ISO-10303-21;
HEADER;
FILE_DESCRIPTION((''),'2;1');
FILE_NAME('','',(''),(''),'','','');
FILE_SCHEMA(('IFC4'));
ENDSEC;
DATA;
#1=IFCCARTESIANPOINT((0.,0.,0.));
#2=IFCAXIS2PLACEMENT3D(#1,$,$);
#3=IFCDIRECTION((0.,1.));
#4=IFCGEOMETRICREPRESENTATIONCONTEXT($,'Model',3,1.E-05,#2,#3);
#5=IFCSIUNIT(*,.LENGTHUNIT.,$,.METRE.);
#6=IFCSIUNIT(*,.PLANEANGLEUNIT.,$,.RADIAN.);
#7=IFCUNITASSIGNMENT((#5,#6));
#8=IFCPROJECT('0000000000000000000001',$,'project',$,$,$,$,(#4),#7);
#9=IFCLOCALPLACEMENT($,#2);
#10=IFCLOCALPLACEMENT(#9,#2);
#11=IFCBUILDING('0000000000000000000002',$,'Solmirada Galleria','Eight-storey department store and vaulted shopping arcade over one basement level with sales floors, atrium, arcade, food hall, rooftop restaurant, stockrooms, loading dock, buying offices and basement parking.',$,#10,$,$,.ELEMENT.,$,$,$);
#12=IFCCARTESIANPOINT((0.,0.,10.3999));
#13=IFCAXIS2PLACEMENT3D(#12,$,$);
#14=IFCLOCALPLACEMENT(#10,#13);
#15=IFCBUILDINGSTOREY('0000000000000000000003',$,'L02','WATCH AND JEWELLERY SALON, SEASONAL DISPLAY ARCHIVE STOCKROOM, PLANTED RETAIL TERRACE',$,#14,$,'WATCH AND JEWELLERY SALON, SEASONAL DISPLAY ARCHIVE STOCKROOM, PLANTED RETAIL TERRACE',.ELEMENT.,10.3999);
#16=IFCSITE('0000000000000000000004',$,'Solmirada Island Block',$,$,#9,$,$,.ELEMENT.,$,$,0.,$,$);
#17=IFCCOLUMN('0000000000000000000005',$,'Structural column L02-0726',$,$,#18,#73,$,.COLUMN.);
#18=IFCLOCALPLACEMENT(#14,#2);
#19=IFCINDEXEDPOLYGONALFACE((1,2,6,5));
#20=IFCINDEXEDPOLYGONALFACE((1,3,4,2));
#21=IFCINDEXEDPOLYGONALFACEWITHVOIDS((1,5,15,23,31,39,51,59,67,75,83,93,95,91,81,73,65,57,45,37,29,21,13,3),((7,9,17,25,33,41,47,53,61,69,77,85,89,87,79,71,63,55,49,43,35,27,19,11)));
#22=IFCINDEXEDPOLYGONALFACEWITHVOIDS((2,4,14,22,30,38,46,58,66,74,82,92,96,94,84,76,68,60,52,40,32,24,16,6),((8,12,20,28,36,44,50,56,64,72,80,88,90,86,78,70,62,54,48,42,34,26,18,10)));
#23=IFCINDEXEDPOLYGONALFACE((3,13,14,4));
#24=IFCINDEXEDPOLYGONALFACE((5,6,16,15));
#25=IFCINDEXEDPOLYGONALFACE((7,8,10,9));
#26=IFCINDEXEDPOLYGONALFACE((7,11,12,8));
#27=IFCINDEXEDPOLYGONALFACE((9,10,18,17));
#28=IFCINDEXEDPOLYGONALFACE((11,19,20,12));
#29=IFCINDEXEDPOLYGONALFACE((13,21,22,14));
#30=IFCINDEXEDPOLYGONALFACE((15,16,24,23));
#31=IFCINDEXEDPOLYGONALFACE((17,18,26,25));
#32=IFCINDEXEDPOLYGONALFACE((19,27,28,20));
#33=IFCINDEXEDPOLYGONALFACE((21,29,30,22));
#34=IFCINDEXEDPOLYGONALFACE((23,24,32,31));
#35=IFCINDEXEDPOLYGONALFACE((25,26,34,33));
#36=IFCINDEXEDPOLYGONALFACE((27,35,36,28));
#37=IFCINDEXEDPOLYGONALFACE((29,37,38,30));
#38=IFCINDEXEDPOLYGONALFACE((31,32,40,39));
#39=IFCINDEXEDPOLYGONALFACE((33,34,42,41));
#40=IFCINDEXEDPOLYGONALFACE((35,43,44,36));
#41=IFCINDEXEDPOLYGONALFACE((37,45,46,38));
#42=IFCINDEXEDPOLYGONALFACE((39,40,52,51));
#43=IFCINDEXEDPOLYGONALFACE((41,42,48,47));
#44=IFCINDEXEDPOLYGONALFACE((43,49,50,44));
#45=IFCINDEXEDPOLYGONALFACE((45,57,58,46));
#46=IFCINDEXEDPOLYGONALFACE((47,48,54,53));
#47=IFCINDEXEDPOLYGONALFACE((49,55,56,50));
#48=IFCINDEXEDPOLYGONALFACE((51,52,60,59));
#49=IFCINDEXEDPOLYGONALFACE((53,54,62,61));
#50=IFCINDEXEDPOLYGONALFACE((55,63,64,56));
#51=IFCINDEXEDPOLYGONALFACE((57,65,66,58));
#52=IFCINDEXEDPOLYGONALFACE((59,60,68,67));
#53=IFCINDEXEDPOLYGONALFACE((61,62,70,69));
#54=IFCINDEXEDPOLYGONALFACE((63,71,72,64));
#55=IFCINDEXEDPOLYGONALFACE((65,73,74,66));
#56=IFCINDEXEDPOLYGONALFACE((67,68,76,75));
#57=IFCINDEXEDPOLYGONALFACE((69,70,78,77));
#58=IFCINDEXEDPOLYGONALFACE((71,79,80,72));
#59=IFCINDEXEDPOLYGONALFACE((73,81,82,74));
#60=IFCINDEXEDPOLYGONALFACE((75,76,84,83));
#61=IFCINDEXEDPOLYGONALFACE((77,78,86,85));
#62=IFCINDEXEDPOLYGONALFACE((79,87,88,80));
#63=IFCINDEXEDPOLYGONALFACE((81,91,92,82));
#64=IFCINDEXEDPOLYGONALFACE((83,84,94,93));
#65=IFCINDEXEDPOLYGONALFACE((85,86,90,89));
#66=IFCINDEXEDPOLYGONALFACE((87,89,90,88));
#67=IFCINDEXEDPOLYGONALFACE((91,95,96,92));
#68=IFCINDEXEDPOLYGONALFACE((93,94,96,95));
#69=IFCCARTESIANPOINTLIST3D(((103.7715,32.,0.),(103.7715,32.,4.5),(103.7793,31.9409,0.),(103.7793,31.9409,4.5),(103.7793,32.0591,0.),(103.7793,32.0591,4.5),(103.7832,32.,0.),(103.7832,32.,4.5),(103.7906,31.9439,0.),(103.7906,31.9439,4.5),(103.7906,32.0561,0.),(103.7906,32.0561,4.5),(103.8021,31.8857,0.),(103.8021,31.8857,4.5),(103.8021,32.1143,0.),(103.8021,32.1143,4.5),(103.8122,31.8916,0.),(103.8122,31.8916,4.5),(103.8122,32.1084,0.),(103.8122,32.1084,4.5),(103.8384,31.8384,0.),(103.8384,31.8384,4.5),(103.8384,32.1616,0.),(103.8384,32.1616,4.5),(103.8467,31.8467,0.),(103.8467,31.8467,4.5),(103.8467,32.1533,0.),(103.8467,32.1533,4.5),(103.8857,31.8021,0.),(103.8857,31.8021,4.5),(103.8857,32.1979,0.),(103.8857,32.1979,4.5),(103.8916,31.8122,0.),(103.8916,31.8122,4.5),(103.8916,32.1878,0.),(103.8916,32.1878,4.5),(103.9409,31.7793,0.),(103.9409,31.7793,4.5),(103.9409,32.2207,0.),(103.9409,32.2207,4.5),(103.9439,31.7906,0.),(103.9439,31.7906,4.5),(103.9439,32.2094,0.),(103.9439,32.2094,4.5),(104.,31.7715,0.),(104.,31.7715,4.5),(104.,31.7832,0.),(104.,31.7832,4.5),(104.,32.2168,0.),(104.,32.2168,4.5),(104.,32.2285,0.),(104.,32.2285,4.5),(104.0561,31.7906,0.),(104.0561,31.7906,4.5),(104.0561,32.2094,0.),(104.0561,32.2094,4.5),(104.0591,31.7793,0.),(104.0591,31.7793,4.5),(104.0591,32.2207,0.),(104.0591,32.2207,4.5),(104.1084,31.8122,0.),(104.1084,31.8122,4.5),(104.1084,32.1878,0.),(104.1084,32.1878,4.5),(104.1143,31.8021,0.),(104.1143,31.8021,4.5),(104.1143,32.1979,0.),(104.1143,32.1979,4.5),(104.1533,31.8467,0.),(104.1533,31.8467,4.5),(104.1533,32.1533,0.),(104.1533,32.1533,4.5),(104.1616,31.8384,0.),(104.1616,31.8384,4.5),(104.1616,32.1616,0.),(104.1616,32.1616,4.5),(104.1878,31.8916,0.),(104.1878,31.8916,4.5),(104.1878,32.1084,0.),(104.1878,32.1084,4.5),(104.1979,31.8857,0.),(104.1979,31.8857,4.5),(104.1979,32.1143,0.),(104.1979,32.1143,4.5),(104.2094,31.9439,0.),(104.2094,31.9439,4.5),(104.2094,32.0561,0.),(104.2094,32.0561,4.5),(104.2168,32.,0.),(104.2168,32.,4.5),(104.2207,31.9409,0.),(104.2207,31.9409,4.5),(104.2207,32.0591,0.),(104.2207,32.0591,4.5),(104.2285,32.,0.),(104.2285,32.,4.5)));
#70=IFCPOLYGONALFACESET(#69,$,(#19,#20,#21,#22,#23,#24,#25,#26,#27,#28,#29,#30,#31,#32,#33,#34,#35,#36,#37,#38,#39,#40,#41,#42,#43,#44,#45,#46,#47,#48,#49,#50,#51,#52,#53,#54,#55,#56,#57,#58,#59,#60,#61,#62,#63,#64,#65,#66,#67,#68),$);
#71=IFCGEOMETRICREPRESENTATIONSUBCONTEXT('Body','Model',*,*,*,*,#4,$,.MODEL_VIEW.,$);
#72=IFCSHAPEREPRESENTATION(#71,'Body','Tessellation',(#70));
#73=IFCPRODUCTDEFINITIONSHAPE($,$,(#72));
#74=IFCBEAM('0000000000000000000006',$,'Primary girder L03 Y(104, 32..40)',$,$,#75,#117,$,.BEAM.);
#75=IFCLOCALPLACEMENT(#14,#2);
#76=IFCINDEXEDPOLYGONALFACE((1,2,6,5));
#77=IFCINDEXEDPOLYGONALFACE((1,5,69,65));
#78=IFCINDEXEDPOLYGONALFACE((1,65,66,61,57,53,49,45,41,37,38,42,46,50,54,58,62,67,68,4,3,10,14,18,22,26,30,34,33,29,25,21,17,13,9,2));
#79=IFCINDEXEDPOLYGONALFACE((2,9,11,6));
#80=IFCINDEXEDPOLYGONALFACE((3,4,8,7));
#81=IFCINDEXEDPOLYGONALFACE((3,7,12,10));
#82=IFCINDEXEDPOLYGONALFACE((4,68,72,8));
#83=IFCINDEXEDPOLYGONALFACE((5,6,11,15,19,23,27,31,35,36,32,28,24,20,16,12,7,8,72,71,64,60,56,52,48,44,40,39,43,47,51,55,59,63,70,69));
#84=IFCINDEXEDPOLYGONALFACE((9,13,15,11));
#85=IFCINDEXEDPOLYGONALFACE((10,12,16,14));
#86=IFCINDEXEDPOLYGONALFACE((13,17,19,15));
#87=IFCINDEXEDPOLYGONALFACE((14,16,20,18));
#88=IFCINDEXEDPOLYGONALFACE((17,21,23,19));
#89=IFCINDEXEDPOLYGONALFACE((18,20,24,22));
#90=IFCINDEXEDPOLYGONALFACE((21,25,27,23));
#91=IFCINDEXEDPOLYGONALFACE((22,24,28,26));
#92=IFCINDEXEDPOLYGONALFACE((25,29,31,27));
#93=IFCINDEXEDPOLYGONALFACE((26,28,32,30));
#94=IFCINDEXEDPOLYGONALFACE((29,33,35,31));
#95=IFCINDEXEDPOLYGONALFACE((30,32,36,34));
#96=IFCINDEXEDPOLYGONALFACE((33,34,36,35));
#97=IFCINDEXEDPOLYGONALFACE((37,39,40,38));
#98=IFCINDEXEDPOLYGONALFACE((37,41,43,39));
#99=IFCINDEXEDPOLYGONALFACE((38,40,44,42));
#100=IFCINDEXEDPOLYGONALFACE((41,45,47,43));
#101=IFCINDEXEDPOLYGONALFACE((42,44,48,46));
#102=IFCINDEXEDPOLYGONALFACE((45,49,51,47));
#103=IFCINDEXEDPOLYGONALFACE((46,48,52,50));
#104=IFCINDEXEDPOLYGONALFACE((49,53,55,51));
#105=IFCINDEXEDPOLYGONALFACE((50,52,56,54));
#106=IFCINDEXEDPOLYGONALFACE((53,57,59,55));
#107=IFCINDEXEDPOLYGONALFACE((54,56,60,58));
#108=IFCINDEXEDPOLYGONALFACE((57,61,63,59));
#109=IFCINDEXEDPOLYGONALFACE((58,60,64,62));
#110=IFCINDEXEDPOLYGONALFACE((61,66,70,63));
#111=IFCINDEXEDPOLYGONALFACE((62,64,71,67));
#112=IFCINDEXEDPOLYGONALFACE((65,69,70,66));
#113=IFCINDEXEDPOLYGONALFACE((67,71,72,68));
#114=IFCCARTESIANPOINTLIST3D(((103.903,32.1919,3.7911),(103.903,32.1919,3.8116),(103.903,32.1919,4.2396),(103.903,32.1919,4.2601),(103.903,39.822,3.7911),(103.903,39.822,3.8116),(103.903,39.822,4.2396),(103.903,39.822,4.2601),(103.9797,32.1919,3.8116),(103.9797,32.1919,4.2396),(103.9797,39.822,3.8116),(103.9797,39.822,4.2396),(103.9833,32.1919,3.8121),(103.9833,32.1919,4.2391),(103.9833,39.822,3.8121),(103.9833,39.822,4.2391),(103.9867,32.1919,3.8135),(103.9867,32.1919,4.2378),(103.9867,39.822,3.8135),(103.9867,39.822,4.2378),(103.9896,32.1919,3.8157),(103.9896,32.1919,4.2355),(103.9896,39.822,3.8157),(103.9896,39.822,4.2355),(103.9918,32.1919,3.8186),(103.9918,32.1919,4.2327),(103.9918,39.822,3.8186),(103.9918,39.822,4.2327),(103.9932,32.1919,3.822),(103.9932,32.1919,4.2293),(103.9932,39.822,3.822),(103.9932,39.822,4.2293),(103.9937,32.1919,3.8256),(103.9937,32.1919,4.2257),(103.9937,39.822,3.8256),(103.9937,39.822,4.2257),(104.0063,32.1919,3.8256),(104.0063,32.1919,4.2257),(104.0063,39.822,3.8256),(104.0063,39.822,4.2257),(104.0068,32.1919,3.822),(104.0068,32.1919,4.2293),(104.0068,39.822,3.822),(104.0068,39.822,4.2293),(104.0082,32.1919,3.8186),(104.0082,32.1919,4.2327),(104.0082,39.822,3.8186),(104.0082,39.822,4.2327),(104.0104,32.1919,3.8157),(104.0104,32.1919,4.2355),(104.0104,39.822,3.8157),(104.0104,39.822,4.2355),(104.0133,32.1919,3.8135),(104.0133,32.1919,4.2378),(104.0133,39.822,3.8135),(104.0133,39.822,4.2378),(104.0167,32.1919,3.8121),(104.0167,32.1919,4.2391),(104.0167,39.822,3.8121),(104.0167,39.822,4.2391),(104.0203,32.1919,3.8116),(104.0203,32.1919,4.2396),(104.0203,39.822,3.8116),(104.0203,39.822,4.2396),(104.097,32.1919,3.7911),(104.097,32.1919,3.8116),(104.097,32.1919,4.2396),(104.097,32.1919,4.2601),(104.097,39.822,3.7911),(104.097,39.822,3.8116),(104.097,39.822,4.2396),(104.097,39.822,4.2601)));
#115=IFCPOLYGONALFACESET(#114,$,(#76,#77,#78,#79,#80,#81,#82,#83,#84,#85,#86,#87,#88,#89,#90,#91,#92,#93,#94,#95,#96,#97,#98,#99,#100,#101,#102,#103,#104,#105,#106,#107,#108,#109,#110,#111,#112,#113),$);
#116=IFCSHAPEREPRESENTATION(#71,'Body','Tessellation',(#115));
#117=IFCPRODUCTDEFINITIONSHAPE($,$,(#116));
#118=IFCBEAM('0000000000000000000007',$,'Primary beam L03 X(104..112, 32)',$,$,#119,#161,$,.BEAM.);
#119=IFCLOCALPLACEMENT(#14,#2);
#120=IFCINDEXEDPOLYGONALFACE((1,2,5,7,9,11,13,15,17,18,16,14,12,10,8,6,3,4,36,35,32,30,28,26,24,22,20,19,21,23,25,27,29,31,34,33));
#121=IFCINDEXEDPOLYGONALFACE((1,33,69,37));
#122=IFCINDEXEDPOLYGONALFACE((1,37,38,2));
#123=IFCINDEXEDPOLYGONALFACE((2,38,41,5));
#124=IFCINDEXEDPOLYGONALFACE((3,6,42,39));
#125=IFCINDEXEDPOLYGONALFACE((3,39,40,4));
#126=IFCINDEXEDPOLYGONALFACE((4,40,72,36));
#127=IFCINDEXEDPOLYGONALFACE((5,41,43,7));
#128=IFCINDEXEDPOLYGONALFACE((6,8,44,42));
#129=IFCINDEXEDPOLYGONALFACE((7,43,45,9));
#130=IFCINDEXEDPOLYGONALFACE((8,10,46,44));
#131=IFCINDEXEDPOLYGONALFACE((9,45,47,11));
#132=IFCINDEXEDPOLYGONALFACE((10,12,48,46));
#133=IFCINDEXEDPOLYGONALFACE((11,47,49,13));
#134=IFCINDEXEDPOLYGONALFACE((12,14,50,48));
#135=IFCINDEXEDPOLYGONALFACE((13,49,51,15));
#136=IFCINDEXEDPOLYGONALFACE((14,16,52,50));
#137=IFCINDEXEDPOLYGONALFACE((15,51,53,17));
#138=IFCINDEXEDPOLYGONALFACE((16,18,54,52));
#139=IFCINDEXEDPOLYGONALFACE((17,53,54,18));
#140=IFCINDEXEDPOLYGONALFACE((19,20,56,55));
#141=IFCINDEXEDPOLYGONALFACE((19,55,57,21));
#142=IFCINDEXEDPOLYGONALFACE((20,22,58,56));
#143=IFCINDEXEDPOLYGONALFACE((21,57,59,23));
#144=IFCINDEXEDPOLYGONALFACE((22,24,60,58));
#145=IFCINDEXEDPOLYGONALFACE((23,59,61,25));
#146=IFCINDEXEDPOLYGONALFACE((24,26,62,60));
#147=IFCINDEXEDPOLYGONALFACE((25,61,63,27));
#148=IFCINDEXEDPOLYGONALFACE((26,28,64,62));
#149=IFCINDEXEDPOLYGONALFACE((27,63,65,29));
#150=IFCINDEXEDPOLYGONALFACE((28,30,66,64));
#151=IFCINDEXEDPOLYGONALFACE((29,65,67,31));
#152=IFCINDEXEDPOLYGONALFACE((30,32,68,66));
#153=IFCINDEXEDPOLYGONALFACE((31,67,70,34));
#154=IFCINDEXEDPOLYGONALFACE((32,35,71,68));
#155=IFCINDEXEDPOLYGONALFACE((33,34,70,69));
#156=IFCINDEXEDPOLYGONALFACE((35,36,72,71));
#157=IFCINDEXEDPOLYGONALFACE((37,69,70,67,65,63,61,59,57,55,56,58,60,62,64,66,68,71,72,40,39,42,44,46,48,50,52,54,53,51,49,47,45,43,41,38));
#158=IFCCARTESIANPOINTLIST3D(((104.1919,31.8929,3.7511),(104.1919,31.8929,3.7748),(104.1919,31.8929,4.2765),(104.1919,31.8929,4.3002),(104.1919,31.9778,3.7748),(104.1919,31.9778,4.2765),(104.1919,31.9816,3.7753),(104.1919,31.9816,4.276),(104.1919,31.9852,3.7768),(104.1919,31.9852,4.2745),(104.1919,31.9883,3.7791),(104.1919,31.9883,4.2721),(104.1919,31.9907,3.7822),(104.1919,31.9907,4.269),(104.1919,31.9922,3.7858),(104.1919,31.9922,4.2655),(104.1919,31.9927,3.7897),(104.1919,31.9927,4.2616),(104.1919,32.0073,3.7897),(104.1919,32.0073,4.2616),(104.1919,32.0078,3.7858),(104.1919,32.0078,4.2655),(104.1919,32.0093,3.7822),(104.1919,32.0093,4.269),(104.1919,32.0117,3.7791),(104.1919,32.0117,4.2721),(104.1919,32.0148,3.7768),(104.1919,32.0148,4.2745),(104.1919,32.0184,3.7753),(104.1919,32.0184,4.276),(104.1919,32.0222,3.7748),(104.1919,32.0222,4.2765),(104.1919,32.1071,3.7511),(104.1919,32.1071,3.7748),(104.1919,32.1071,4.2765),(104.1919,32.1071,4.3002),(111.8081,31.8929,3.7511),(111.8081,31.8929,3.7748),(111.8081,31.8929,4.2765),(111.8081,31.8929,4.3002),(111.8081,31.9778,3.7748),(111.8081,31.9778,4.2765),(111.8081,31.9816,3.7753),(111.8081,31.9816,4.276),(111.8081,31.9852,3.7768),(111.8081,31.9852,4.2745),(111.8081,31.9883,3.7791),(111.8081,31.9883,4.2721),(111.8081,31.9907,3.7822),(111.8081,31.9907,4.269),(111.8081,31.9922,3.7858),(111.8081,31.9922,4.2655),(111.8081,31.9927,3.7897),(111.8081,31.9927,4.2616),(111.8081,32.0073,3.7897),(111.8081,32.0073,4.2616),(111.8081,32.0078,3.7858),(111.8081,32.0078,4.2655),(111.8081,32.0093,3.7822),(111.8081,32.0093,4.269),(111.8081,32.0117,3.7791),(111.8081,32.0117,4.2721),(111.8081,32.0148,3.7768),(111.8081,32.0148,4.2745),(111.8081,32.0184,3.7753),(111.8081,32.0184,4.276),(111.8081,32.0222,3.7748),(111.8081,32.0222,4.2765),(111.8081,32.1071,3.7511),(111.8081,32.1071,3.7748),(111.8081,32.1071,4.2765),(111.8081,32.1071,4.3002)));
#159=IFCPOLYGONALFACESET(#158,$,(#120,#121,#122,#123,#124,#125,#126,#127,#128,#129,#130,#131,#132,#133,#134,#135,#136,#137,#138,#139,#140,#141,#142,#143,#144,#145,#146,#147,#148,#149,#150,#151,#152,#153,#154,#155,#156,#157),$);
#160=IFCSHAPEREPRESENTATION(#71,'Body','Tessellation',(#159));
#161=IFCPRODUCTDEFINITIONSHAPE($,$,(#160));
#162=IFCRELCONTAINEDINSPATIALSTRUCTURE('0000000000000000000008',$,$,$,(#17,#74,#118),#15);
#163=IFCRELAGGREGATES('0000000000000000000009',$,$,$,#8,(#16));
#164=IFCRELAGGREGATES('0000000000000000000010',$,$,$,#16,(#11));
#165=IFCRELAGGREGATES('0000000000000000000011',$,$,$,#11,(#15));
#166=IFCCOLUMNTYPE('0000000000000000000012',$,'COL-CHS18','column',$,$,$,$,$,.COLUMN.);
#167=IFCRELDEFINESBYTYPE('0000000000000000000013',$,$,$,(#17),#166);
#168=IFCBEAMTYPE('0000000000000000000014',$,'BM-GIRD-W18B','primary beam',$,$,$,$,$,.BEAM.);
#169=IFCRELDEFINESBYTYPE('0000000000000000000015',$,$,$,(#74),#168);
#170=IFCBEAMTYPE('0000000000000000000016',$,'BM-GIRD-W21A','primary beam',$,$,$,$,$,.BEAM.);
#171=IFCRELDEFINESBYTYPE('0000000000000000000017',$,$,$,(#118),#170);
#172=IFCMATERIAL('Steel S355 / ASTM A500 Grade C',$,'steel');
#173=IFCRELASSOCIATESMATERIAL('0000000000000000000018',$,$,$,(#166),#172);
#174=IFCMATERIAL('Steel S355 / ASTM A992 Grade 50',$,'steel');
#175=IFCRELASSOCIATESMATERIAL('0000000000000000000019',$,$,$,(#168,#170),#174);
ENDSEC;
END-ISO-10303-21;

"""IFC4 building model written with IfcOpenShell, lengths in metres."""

from ifc_helpers import new_model, si_unit, direction, frame, origin, origin_2d, place, context, subcontext, project, spatial, hollow_circle, i_section, extrude, material, material_profile, profile_set, type_object, element, save


model = new_model("IFC4")

# Units and contexts
model_context = context("Model", 3, precision=1e-05, world=origin(), true_north=direction((0.0, 1.0)))
body_context = subcontext(model_context, "Body", "Model", "MODEL_VIEW")
ifc_project = project(units=[si_unit("LENGTHUNIT", "METRE"), si_unit("PLANEANGLEUNIT", "RADIAN")], contexts=[model_context])

# Site, building, storey
site_placement = place(None, origin())
site = spatial("IfcSite", under=ifc_project, at=site_placement, Name="Solmirada Island Block", CompositionType="ELEMENT", RefElevation=0.0)
building_placement = place(site_placement, origin())
building = spatial("IfcBuilding", under=site, at=building_placement, Name="Solmirada Galleria", Description="Eight-storey department store and vaulted shopping arcade over one basement level with sales floors, atrium, arcade, food hall, rooftop restaurant, stockrooms, loading dock, buying offices and basement parking.", CompositionType="ELEMENT")
storey_placement = place(building_placement, frame((0.0, 0.0, 10.3999)))
storey = spatial("IfcBuildingStorey", under=building, at=storey_placement, Name="L02", Description="WATCH AND JEWELLERY SALON, SEASONAL DISPLAY ARCHIVE STOCKROOM, PLANTED RETAIL TERRACE", LongName="WATCH AND JEWELLERY SALON, SEASONAL DISPLAY ARCHIVE STOCKROOM, PLANTED RETAIL TERRACE", CompositionType="ELEMENT", Elevation=10.3999)

# Column
ifc_material_1 = material(Name="Steel S355 / ASTM A500 Grade C", Category="steel")
ifc_material_profile_1 = material_profile(ifc_material_1, hollow_circle(Radius=0.2285, WallThickness=0.0117, at=origin_2d()), Name="HSS18.000X0.500")
ifc_profile_set_1 = profile_set([ifc_material_profile_1], Name="Steel S355 / ASTM A500 Grade C")
column_type = type_object("IfcColumnType", Name="COL-CHS18", Description="column", PredefinedType="COLUMN", material=ifc_profile_set_1)
column_placement = place(storey_placement, frame((104.0, 32.0, 0.0), z_axis=(0.0, 0.0, 1.0), x_axis=(1.0, 0.0, 0.0)))
element("IfcColumn", 1, at=column_placement, inside=storey, type_object=column_type, Name="Structural column L02-0726", PredefinedType="COLUMN", context=body_context, shape_type="SweptSolid", body=[
    extrude(hollow_circle(Radius=0.2285, WallThickness=0.0117, at=origin_2d()), origin(), (0.0, 0.0, 1.0), 4.5),
])

# Beams
ifc_material_2 = material(Name="Steel S355 / ASTM A992 Grade 50", Category="steel")
ifc_material_profile_2 = material_profile(ifc_material_2, i_section(OverallWidth=0.1941, OverallDepth=0.469, WebThickness=0.0127, FlangeThickness=0.0205, FilletRadius=0.0139, at=origin_2d()), Name="W18X71")
ifc_profile_set_2 = profile_set([ifc_material_profile_2], Name="Steel S355 / ASTM A992 Grade 50")
beam_type_1 = type_object("IfcBeamType", Name="BM-GIRD-W18B", Description="primary beam", PredefinedType="BEAM", material=ifc_profile_set_2)
beam_1_placement = place(storey_placement, frame((104.0, 32.1919, 4.0256), z_axis=(0.0, 1.0, 0.0), x_axis=(-1.0, 0.0, 0.0)))
element("IfcBeam", 2, at=beam_1_placement, inside=storey, type_object=beam_type_1, Name="Primary girder L03 Y(104, 32..40)", PredefinedType="BEAM", context=body_context, shape_type="SweptSolid", body=[
    extrude(i_section(OverallWidth=0.1941, OverallDepth=0.469, WebThickness=0.0127, FlangeThickness=0.0205, FilletRadius=0.0139, at=origin_2d()), origin(), (0.0, 0.0, 1.0), 7.6301),
])
ifc_material_profile_3 = material_profile(ifc_material_2, i_section(OverallWidth=0.2141, OverallDepth=0.5491, WebThickness=0.0146, FlangeThickness=0.0237, FilletRadius=0.0149, at=origin_2d()), Name="W21X93")
ifc_profile_set_3 = profile_set([ifc_material_profile_3], Name="Steel S355 / ASTM A992 Grade 50")
beam_type_2 = type_object("IfcBeamType", Name="BM-GIRD-W21A", Description="primary beam", PredefinedType="BEAM", material=ifc_profile_set_3)
beam_2_placement = place(storey_placement, frame((104.1919, 32.0, 4.0256), z_axis=(1.0, 0.0, 0.0), x_axis=(0.0, 1.0, 0.0)))
element("IfcBeam", 3, at=beam_2_placement, inside=storey, type_object=beam_type_2, Name="Primary beam L03 X(104..112, 32)", PredefinedType="BEAM", context=body_context, shape_type="SweptSolid", body=[
    extrude(i_section(OverallWidth=0.2141, OverallDepth=0.5491, WebThickness=0.0146, FlangeThickness=0.0237, FilletRadius=0.0149, at=origin_2d()), origin(), (0.0, 0.0, 1.0), 7.6162),
])

save(model, "model.ifc")
